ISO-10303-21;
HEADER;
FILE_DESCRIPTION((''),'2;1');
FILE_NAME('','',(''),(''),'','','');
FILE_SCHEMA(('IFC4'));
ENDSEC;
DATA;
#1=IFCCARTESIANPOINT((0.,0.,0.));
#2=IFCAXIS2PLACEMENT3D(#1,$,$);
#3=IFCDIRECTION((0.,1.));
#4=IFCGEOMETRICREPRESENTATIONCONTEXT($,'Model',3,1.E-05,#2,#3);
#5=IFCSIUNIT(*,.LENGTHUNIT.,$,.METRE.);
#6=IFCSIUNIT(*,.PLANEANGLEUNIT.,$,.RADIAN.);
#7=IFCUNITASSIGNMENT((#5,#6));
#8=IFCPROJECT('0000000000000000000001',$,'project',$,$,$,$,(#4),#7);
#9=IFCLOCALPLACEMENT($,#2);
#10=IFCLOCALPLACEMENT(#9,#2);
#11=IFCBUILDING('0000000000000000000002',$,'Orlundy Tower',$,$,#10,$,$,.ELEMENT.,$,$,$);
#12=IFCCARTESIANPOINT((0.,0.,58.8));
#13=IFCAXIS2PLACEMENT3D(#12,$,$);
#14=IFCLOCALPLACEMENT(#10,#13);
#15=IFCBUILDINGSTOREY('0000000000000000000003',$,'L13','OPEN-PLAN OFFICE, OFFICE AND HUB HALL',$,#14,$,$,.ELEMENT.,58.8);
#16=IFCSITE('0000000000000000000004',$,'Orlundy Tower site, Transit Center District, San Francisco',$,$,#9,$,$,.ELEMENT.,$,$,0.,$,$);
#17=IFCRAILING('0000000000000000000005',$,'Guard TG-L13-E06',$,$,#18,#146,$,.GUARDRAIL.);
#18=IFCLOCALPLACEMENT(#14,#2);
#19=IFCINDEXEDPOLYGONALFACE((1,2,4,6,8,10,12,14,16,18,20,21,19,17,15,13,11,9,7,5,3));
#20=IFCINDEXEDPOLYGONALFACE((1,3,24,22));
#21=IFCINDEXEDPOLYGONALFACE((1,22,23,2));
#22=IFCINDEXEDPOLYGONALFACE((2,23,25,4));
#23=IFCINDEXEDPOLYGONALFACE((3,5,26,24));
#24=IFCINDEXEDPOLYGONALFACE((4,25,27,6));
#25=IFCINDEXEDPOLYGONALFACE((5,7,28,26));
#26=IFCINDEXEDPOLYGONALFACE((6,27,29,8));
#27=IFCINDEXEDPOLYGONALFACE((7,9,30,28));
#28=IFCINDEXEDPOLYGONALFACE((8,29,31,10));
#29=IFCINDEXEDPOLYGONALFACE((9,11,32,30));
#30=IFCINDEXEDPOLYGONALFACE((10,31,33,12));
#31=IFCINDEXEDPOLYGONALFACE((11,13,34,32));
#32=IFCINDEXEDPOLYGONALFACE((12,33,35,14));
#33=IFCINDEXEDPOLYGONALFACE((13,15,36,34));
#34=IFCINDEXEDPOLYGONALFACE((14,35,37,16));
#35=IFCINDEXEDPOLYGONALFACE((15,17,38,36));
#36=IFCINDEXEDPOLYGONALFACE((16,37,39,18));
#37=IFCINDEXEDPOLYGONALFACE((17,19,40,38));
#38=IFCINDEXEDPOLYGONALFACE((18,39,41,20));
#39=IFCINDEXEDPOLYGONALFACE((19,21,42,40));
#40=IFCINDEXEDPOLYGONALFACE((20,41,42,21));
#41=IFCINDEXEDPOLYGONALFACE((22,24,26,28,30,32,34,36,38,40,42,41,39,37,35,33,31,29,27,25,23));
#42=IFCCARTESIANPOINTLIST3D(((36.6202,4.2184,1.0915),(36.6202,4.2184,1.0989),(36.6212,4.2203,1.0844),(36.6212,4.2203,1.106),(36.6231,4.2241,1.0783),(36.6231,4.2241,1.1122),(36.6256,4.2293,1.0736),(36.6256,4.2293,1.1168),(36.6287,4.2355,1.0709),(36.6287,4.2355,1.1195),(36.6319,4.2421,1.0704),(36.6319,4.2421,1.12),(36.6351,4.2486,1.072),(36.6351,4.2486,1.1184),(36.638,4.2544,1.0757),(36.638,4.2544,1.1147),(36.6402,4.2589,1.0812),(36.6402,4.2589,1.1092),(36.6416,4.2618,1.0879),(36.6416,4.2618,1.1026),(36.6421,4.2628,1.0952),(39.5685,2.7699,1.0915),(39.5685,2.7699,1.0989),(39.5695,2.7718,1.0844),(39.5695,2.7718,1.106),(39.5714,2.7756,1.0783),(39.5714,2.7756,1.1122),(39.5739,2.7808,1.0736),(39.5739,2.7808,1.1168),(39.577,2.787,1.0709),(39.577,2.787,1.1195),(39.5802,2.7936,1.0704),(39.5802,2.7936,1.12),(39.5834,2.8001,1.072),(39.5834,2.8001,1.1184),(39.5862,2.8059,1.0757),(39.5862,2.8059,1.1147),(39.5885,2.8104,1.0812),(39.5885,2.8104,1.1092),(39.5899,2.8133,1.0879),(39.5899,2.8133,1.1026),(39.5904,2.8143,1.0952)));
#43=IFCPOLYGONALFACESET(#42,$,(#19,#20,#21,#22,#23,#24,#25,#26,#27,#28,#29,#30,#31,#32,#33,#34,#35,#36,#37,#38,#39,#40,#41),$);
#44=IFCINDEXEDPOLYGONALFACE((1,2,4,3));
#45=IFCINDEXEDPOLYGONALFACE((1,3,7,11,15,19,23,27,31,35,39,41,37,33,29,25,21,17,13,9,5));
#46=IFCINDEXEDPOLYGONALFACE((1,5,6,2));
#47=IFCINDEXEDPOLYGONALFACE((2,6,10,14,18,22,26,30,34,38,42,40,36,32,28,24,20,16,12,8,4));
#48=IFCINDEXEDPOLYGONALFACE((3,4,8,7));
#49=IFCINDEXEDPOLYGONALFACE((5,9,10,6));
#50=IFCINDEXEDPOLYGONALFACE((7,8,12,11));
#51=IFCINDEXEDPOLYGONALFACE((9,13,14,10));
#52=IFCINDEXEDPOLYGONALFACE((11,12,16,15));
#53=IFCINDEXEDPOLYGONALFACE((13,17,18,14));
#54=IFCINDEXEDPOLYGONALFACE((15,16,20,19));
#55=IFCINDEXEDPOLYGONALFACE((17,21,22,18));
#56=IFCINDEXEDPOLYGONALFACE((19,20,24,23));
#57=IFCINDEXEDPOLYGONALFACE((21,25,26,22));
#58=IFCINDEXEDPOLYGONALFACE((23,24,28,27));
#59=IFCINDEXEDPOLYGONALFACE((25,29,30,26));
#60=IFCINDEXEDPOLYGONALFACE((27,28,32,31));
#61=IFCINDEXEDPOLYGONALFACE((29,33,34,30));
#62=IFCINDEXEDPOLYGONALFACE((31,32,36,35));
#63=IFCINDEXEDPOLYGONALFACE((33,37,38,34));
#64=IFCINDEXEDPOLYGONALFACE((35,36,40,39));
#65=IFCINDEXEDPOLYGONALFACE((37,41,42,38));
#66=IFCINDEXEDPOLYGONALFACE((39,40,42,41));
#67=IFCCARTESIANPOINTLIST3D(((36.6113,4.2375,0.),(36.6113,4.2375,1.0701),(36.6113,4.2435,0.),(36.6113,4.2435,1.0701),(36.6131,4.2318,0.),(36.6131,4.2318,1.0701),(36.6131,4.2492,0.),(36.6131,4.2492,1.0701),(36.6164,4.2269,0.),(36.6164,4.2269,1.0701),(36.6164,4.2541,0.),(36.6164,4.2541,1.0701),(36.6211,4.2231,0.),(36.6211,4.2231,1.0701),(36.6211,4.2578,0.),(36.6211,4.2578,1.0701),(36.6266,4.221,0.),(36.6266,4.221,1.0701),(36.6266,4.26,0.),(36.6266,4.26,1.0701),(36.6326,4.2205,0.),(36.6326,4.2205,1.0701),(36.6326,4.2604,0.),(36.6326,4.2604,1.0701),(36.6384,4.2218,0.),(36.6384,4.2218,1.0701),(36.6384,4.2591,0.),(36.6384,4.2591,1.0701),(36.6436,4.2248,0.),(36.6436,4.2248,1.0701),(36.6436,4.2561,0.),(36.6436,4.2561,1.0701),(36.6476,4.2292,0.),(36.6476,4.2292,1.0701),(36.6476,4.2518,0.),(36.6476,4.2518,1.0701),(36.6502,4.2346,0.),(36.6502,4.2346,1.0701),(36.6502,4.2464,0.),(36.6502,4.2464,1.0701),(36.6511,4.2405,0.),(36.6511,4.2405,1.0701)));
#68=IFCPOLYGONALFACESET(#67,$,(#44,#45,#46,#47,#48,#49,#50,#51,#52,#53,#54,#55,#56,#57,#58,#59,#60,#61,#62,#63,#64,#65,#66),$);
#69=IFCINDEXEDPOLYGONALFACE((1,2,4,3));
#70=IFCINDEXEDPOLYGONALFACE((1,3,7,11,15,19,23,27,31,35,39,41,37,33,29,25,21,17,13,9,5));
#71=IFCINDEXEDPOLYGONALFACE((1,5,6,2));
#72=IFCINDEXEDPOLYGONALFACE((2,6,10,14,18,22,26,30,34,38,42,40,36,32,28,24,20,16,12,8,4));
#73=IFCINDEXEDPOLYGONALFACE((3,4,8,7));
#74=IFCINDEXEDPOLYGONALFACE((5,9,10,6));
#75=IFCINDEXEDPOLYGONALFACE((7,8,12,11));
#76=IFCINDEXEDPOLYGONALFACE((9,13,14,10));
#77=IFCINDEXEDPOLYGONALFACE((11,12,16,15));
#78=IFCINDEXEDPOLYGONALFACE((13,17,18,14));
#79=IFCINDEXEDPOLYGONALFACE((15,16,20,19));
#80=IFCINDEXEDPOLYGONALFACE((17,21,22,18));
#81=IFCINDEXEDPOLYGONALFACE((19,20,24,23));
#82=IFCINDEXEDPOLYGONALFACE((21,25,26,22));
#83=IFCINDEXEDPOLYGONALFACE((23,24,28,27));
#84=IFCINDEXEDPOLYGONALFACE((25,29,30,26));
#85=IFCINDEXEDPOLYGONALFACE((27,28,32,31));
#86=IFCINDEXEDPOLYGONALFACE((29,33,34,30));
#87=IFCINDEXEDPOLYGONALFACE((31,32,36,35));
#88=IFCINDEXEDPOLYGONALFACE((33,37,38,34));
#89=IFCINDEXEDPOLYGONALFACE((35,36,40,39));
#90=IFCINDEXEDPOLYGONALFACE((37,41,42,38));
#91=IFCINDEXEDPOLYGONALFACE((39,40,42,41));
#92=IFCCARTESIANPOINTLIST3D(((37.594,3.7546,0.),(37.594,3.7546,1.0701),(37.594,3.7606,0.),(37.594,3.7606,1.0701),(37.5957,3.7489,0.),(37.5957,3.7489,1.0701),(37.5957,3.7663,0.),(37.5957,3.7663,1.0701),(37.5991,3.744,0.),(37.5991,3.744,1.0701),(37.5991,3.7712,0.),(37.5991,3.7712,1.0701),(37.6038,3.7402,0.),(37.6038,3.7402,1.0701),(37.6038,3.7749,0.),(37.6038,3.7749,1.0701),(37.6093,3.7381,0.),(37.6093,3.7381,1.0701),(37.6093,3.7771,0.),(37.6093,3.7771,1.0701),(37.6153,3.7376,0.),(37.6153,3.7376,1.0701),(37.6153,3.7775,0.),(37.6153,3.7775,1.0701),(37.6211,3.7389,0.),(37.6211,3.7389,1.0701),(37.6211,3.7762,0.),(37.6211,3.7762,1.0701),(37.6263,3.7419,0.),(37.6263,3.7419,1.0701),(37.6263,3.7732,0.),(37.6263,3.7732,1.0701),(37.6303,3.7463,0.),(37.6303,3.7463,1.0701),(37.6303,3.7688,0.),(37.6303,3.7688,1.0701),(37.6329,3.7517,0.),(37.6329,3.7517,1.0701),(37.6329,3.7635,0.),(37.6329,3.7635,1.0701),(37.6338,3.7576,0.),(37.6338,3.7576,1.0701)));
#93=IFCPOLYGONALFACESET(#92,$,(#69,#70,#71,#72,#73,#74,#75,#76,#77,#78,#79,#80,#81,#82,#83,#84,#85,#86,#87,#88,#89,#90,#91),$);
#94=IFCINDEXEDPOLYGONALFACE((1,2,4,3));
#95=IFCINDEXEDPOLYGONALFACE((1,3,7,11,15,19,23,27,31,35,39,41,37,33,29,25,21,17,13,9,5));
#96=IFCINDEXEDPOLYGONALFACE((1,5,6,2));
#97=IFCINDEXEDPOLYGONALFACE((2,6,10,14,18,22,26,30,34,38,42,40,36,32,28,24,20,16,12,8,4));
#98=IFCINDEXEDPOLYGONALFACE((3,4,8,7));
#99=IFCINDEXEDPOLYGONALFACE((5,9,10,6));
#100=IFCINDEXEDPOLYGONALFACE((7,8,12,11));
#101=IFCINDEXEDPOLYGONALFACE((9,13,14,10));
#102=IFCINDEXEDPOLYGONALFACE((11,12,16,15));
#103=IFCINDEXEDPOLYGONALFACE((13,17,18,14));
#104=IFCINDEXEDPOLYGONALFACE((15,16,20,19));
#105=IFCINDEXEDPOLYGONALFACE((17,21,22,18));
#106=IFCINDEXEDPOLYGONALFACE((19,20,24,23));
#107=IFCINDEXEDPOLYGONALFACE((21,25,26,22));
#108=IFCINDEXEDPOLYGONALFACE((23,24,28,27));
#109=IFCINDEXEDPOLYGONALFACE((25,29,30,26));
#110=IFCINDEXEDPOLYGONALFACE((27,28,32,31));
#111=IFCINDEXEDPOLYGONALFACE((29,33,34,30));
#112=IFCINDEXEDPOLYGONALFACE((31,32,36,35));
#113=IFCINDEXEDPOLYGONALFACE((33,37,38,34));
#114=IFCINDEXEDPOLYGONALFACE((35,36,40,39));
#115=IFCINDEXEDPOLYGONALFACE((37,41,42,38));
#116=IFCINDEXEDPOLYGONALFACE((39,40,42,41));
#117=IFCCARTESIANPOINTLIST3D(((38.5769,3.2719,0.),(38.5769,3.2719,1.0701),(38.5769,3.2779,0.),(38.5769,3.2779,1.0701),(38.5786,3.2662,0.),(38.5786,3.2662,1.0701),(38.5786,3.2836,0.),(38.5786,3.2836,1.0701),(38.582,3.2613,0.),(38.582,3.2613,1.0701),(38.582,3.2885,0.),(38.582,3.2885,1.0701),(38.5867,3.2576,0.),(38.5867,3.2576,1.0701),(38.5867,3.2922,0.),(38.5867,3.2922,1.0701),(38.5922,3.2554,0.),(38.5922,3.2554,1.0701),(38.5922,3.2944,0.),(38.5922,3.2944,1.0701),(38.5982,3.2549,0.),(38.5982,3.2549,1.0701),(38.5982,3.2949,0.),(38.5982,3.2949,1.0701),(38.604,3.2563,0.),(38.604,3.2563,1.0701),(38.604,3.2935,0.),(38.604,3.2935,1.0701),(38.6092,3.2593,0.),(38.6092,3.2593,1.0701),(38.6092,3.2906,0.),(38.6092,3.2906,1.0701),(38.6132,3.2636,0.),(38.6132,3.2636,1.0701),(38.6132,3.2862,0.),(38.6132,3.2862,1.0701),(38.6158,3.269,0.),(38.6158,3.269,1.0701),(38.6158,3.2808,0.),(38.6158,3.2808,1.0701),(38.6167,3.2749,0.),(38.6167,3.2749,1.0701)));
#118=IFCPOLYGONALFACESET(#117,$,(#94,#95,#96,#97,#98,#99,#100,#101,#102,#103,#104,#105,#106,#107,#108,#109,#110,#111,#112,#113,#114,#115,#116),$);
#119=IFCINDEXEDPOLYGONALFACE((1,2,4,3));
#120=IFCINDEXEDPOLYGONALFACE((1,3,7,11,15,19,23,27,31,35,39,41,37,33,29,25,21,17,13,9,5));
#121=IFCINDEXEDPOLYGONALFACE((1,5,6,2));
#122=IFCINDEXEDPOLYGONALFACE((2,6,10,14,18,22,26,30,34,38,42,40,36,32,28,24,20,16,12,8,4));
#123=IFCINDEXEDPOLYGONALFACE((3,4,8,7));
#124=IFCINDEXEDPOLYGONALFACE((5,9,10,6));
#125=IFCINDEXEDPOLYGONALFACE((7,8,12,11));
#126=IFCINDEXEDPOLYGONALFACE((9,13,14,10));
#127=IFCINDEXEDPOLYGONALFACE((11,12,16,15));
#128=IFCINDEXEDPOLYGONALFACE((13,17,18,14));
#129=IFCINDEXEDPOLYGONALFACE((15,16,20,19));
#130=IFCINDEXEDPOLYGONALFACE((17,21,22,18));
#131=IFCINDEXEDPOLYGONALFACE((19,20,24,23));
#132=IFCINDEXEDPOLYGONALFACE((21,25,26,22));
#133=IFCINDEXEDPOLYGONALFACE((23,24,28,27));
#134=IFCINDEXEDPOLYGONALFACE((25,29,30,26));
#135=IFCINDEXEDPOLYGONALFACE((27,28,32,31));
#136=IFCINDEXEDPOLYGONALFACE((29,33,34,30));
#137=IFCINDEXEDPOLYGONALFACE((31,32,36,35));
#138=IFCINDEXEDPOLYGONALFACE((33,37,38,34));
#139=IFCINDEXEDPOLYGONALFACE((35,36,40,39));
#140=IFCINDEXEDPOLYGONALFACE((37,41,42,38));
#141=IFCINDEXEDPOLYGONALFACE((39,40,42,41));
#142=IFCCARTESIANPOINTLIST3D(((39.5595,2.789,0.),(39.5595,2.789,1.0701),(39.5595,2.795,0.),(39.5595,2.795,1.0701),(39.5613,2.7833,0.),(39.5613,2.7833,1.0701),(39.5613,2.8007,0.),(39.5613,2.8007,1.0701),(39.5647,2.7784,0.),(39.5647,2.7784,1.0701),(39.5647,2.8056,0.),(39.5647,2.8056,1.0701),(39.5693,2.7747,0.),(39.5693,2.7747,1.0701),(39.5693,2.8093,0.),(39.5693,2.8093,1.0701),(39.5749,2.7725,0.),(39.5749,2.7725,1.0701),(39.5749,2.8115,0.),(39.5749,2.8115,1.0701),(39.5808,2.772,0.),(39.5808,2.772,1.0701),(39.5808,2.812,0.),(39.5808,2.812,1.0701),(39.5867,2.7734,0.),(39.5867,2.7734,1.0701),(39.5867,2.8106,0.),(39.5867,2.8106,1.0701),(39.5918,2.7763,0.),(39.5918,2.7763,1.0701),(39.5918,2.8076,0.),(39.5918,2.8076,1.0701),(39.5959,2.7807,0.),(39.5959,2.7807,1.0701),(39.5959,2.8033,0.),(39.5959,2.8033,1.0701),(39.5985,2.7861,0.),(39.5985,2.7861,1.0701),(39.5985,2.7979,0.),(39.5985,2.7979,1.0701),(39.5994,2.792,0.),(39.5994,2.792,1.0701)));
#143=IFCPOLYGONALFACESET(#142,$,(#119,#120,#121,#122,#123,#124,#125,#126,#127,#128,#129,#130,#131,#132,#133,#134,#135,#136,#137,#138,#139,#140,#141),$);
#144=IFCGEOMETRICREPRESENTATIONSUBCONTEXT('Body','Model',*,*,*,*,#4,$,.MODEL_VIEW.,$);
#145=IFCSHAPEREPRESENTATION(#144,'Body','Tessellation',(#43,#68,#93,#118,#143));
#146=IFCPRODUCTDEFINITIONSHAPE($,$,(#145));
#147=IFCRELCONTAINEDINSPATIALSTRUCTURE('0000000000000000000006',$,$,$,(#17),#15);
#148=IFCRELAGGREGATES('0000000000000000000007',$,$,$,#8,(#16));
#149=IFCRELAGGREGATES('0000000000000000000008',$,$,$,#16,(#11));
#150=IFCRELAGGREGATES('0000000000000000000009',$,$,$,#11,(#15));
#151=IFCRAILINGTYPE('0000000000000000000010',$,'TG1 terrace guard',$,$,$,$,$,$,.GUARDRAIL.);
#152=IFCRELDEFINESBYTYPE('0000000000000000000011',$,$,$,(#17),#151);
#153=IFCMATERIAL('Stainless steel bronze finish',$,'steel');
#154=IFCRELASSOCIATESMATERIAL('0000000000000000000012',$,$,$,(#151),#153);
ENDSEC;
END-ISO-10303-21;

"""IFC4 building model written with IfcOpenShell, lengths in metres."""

from ifc_helpers import new_model, si_unit, direction, frame, origin, origin_2d, place, context, subcontext, project, spatial, circle, extrude, material, type_object, element, save


model = new_model("IFC4")

# Units and contexts
model_context = context("Model", 3, precision=1e-05, world=origin(), true_north=direction((0.0, 1.0)))
body_context = subcontext(model_context, "Body", "Model", "MODEL_VIEW")
ifc_project = project(units=[si_unit("LENGTHUNIT", "METRE"), si_unit("PLANEANGLEUNIT", "RADIAN")], contexts=[model_context])

# Site, building, storey
site_placement = place(None, origin())
site = spatial("IfcSite", under=ifc_project, at=site_placement, Name="Orlundy Tower site, Transit Center District, San Francisco", CompositionType="ELEMENT", RefElevation=0.0)
building_placement = place(site_placement, origin())
building = spatial("IfcBuilding", under=site, at=building_placement, Name="Orlundy Tower", CompositionType="ELEMENT")
storey_placement = place(building_placement, frame((0.0, 0.0, 58.8)))
storey = spatial("IfcBuildingStorey", under=building, at=storey_placement, Name="L13", Description="OPEN-PLAN OFFICE, OFFICE AND HUB HALL", CompositionType="ELEMENT", Elevation=58.8)

# Railing
ifc_material_1 = material(Name="Stainless steel bronze finish", Category="steel")
railing_type = type_object("IfcRailingType", Name="TG1 terrace guard", PredefinedType="GUARDRAIL", material=ifc_material_1)
railing_1_placement = place(storey_placement, frame((36.6311, 4.2405, 0.0)))
element("IfcRailing", 1, at=railing_1_placement, inside=storey, type_object=railing_type, Name="Guard TG-L13-E06", PredefinedType="GUARDRAIL", context=body_context, shape_type="SweptSolid", body=[
    extrude(circle(Radius=0.0249, at=origin_2d()), frame((0.0, 0.0, 1.0952), z_axis=(0.897527, -0.44096, 0.0), x_axis=(0.44096, 0.897527, 0.0)), (0.0, 0.0, 1.0), 3.2849),
    extrude(circle(Radius=0.02, at=origin_2d()), origin(), (0.0, 0.0, 1.0), 1.0701),
    extrude(circle(Radius=0.02, at=origin_2d()), frame((0.9827, -0.4829, 0.0)), (0.0, 0.0, 1.0), 1.0701),
    extrude(circle(Radius=0.02, at=origin_2d()), frame((1.9656, -0.9656, 0.0)), (0.0, 0.0, 1.0), 1.0701),
    extrude(circle(Radius=0.02, at=origin_2d()), frame((2.9482, -1.4485, 0.0)), (0.0, 0.0, 1.0), 1.0701),
])

save(model, "model.ifc")
